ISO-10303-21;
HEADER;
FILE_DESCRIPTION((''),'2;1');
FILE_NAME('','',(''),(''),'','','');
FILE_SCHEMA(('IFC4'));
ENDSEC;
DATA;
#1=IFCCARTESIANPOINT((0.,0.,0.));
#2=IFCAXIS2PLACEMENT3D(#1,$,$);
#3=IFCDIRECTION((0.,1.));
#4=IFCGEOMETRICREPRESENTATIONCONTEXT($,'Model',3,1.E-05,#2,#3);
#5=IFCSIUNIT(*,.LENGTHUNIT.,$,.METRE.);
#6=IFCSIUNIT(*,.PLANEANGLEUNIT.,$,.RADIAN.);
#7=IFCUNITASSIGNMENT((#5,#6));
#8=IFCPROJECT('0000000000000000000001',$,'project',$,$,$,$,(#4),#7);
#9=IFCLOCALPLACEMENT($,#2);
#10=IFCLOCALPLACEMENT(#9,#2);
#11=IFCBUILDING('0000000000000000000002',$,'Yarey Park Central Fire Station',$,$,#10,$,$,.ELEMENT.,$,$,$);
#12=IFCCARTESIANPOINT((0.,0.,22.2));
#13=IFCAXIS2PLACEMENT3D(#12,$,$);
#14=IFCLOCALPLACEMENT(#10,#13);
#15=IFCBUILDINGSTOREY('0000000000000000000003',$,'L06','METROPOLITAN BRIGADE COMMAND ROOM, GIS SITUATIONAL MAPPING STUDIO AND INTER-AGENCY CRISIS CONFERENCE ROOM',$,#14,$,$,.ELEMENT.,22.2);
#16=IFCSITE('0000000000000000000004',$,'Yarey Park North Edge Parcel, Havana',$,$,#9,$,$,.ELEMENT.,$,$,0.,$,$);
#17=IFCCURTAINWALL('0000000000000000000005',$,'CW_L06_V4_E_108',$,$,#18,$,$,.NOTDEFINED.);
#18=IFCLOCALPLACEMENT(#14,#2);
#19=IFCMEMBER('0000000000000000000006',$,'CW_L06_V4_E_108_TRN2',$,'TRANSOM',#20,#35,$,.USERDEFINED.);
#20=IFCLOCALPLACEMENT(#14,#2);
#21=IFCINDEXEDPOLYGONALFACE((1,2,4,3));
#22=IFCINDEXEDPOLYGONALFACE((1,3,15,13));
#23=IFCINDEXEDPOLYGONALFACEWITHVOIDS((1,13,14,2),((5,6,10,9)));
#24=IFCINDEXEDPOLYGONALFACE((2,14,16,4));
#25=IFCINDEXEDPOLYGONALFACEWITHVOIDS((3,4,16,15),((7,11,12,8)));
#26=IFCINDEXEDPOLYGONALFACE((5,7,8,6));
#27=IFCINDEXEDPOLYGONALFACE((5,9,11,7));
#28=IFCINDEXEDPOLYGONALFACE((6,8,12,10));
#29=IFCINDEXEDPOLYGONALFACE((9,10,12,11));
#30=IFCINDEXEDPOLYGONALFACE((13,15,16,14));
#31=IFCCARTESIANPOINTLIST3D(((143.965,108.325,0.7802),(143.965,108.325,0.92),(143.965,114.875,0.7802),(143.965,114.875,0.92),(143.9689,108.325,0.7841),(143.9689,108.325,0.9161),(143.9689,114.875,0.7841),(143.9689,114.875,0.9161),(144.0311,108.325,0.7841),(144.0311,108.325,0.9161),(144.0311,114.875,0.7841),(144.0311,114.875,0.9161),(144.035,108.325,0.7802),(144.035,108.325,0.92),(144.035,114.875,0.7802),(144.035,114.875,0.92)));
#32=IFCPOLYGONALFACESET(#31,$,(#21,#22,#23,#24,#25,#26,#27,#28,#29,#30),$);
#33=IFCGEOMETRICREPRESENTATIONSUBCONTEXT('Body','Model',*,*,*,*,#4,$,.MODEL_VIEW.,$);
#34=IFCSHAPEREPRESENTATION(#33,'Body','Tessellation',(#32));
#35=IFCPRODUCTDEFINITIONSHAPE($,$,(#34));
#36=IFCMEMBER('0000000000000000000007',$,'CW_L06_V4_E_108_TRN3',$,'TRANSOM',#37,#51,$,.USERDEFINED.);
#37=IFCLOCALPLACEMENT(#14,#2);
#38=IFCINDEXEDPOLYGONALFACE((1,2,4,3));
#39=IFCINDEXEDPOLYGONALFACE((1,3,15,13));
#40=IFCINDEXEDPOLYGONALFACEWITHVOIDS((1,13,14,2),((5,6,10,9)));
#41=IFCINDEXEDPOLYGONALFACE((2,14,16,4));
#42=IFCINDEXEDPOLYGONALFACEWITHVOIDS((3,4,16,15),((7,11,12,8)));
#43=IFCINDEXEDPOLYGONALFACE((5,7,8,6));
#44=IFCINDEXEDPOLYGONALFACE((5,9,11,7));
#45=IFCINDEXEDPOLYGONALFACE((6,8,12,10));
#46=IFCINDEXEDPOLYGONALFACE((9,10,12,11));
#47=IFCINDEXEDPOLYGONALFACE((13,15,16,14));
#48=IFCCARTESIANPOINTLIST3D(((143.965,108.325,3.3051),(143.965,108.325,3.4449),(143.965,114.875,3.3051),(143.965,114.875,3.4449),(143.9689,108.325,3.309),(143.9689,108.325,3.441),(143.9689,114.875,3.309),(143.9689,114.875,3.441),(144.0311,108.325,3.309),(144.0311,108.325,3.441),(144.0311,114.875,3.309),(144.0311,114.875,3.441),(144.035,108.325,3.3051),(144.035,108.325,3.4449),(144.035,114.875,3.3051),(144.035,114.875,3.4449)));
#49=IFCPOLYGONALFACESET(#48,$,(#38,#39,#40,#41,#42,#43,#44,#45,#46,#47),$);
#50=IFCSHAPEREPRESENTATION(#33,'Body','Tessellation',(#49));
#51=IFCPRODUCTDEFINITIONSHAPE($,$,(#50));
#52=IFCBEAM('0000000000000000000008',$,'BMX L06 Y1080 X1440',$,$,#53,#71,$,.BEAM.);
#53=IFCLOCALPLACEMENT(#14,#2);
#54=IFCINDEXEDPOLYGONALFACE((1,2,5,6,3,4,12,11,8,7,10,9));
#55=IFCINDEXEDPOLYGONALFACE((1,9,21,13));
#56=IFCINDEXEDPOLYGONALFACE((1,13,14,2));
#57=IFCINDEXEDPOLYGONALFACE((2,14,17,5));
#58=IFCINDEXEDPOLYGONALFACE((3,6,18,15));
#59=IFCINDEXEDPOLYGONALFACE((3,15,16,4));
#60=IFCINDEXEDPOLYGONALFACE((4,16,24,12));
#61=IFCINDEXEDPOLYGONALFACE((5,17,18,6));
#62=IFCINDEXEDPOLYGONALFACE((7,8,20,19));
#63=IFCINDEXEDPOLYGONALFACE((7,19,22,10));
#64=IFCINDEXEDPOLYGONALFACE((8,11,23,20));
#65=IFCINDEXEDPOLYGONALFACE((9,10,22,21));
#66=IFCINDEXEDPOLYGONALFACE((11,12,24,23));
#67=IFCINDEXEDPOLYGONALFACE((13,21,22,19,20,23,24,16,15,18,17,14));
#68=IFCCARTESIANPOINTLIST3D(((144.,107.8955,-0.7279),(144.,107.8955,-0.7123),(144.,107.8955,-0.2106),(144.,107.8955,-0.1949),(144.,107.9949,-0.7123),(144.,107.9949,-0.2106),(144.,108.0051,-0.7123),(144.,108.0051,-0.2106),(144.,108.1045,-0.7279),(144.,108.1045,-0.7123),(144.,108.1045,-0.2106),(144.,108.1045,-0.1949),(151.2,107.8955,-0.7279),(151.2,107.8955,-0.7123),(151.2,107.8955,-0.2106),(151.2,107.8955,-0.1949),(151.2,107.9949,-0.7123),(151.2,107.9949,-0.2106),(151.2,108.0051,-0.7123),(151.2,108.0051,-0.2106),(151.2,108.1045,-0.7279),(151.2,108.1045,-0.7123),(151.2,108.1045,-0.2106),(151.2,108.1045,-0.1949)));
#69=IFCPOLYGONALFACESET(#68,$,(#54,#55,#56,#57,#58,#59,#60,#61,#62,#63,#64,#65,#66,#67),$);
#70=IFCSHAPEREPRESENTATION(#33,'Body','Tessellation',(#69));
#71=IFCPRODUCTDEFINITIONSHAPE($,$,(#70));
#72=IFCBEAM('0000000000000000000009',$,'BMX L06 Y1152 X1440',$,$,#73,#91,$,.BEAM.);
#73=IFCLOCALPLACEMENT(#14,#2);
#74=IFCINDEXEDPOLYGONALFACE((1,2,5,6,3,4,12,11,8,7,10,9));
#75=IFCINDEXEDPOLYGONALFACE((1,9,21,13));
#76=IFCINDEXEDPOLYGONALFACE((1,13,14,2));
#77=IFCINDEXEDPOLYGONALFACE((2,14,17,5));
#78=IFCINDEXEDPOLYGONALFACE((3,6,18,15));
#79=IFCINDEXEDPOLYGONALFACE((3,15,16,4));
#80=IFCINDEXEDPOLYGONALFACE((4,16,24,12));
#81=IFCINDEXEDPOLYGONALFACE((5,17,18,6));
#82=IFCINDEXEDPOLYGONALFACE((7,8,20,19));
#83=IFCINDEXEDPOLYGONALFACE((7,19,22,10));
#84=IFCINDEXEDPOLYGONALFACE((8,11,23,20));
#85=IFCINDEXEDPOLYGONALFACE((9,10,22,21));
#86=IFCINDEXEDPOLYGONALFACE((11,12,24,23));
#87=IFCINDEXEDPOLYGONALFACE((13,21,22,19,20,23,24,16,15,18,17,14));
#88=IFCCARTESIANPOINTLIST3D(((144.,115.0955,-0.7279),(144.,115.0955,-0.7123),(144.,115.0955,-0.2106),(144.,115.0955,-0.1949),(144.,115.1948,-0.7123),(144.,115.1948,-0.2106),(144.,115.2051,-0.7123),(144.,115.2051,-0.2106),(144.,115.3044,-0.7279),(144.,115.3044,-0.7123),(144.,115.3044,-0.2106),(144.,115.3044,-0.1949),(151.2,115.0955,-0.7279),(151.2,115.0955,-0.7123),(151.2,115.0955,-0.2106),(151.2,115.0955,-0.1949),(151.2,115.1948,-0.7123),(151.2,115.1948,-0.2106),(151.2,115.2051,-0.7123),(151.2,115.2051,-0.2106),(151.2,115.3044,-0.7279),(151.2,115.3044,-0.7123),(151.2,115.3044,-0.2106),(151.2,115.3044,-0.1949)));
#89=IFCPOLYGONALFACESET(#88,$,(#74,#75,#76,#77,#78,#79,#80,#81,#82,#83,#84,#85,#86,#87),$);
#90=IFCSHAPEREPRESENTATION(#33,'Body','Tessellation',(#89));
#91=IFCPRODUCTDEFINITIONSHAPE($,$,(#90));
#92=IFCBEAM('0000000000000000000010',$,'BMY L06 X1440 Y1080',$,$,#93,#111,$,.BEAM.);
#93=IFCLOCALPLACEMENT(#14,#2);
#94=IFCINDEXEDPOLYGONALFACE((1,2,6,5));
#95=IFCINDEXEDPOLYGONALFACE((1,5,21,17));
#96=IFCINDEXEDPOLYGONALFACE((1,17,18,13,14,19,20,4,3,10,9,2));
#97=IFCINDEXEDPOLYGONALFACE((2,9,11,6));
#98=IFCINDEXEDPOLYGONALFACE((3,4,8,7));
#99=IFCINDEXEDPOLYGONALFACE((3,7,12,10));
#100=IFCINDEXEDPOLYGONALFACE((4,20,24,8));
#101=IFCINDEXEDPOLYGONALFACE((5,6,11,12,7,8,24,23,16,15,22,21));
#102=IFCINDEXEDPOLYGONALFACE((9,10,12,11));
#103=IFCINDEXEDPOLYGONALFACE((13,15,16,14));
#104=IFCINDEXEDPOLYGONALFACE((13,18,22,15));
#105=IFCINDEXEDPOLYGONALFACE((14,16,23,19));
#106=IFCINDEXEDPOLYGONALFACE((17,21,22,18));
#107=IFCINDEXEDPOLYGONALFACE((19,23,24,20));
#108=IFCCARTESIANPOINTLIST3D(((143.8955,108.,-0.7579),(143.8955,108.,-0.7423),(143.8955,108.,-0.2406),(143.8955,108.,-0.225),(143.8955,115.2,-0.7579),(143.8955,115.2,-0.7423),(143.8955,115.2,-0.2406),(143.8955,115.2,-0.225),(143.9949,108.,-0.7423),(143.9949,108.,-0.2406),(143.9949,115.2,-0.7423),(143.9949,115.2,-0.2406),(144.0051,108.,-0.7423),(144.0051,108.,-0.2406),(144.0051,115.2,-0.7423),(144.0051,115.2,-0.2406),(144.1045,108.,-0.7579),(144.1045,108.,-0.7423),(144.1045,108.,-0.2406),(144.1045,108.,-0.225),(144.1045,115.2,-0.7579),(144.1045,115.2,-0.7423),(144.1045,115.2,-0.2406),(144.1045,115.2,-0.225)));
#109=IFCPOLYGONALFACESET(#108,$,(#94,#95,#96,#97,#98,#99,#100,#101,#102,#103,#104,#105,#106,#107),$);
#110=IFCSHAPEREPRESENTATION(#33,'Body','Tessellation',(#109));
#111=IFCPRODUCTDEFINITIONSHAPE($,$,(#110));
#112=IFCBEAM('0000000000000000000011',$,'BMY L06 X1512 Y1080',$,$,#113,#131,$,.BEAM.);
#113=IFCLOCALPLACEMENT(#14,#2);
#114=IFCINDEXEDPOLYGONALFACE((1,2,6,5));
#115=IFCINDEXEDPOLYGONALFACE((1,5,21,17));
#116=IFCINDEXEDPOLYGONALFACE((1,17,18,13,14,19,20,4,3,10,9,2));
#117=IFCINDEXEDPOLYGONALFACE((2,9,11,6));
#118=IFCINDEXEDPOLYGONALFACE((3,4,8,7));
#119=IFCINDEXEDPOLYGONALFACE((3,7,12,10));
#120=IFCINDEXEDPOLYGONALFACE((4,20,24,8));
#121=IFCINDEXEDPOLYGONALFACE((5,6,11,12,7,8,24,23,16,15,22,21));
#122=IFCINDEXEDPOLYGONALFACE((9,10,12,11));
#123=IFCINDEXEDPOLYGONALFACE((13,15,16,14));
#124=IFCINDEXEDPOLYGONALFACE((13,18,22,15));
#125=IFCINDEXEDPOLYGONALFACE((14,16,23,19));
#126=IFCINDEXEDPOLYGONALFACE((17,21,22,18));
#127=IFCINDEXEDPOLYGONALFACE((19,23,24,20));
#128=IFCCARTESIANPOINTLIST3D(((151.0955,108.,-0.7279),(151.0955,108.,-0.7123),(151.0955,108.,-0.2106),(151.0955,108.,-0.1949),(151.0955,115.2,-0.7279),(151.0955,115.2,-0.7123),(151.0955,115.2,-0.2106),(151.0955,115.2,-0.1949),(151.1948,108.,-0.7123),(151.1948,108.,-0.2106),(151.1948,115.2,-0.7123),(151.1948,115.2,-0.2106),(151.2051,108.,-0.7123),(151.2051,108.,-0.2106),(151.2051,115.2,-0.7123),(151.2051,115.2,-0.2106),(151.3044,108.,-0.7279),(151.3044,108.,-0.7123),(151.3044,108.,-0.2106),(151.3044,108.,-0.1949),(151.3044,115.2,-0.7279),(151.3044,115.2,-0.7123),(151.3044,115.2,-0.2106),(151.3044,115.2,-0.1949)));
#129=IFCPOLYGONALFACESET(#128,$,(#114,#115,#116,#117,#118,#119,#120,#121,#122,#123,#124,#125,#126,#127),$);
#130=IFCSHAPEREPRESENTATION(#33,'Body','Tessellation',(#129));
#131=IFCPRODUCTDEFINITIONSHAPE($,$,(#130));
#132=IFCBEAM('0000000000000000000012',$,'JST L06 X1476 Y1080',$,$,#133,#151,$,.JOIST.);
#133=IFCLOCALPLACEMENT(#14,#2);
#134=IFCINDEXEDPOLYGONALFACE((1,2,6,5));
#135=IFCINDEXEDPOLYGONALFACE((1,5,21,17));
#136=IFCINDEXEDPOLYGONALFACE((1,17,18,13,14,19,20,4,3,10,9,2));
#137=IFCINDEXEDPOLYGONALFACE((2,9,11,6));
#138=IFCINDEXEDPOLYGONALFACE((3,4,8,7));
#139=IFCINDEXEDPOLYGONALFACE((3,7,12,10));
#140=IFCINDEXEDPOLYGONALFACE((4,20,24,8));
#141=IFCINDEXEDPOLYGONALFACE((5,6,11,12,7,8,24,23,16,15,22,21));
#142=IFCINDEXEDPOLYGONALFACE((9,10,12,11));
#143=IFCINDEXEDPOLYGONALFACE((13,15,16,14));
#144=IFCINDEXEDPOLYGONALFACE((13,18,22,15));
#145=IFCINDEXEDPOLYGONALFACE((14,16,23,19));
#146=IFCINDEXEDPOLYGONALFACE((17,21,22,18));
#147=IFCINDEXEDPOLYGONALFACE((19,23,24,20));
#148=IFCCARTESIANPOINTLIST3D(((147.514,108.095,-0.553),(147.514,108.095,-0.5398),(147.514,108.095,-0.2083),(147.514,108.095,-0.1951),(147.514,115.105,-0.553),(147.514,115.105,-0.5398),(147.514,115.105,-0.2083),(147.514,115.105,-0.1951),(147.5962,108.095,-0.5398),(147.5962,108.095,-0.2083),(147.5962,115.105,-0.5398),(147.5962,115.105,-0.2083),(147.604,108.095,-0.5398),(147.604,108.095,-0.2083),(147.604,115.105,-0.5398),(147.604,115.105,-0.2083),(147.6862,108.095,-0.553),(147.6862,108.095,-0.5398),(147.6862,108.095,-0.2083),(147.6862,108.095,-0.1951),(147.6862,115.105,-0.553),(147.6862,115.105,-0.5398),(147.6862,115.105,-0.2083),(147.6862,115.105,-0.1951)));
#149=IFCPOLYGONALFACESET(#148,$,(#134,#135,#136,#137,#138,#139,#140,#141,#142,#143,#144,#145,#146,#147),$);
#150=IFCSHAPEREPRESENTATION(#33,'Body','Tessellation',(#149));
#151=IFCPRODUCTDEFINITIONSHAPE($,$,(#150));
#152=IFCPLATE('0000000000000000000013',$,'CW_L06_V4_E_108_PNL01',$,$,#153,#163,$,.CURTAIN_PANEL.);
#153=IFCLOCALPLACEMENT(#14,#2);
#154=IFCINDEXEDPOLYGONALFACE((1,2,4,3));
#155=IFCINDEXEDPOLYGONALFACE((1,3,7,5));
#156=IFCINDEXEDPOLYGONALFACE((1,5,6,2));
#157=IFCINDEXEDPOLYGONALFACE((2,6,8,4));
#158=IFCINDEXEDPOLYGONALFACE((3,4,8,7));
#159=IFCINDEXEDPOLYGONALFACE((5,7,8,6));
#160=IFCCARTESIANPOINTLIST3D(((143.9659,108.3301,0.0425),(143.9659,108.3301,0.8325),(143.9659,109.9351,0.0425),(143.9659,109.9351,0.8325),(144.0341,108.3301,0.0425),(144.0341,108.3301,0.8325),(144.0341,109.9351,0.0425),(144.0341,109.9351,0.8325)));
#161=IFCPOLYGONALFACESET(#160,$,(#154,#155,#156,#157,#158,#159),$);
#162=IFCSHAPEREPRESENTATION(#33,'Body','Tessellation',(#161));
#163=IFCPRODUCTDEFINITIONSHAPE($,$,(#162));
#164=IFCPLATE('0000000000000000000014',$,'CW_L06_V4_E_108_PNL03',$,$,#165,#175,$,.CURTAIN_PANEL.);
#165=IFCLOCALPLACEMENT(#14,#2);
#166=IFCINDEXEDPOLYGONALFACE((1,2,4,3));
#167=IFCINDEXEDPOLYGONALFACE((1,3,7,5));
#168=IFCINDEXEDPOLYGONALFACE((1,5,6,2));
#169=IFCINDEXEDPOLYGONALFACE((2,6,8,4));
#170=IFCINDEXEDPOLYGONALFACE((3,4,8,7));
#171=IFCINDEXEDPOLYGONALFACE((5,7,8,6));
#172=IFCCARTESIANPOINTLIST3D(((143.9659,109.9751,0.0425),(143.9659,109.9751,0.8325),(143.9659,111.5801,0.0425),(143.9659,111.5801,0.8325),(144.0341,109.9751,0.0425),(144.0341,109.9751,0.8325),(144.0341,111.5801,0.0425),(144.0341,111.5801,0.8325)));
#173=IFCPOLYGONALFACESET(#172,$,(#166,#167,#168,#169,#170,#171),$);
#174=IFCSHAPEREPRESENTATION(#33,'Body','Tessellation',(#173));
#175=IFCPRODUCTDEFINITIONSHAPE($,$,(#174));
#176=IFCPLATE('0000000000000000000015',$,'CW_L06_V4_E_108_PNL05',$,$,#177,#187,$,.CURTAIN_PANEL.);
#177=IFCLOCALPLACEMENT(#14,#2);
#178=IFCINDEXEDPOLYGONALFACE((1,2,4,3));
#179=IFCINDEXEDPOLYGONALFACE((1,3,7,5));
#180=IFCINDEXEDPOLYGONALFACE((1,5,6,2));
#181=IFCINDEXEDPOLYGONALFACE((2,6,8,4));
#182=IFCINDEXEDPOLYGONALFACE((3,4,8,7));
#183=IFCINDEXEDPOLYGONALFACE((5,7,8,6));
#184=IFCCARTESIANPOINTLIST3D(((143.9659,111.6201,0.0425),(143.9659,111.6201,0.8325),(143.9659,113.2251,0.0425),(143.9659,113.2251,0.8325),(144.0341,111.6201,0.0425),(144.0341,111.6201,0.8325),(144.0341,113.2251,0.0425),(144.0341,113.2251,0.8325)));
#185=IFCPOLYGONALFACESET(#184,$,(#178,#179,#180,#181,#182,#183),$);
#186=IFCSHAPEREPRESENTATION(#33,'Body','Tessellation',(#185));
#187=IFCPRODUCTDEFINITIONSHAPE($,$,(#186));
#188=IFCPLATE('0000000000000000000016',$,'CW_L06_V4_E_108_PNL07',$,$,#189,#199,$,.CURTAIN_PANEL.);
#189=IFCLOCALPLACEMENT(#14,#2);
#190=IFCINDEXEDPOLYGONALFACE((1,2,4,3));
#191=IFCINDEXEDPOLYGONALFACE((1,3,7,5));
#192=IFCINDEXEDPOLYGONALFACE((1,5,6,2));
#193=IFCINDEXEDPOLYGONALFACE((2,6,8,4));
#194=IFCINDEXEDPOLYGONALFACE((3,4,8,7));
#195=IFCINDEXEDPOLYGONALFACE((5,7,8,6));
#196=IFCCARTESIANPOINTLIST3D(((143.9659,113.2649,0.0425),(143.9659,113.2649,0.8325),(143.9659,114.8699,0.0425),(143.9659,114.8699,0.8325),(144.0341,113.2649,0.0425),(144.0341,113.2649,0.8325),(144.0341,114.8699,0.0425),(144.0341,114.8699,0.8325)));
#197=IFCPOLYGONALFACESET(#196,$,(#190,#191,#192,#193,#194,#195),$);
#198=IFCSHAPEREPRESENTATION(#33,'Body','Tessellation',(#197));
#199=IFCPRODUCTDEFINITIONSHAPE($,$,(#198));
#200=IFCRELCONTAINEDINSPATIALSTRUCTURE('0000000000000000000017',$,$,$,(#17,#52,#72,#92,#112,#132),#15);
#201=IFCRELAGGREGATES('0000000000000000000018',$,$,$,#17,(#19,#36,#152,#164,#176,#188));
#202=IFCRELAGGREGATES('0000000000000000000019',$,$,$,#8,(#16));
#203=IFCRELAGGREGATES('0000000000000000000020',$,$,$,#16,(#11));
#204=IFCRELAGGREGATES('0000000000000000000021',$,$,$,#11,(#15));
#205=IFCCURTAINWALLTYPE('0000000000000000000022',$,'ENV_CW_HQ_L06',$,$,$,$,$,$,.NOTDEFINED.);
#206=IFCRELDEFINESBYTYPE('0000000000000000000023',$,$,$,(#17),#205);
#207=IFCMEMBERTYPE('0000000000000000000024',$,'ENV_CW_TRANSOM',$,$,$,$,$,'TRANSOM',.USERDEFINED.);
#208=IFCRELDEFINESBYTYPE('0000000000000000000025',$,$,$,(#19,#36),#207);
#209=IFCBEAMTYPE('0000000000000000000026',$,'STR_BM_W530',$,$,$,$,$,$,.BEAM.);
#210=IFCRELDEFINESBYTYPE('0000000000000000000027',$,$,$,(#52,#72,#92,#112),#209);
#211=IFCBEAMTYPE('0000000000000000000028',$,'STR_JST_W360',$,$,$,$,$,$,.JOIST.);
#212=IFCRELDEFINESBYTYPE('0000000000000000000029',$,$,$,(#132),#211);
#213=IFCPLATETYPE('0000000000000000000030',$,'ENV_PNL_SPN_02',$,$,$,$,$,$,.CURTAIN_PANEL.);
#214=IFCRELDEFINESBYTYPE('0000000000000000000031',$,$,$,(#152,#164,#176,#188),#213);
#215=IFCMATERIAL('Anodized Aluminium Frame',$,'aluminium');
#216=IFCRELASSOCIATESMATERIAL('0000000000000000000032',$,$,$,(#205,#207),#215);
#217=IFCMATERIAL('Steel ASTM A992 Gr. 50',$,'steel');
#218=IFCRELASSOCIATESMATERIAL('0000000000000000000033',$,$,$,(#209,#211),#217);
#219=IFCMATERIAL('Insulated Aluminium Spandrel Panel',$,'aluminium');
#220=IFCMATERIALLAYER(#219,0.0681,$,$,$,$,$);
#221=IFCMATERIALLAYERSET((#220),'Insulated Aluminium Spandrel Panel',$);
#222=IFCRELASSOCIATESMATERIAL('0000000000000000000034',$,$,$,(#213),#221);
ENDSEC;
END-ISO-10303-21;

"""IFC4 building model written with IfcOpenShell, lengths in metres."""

from ifc_helpers import new_model, si_unit, direction, frame, origin, origin_2d, place, context, subcontext, project, spatial, rectangle, hollow_rectangle, i_section, extrude, material, layer, layer_set, material_profile, profile_set, type_object, element, aggregate, save


model = new_model("IFC4")

# Units and contexts
model_context = context("Model", 3, precision=1e-05, world=origin(), true_north=direction((0.0, 1.0)))
body_context = subcontext(model_context, "Body", "Model", "MODEL_VIEW")
ifc_project = project(units=[si_unit("LENGTHUNIT", "METRE"), si_unit("PLANEANGLEUNIT", "RADIAN")], contexts=[model_context])

# Site, building, storey
site_placement = place(None, origin())
site = spatial("IfcSite", under=ifc_project, at=site_placement, Name="Yarey Park North Edge Parcel, Havana", CompositionType="ELEMENT", RefElevation=0.0)
building_placement = place(site_placement, origin())
building = spatial("IfcBuilding", under=site, at=building_placement, Name="Yarey Park Central Fire Station", CompositionType="ELEMENT")
storey_placement = place(building_placement, frame((0.0, 0.0, 22.2)))
storey = spatial("IfcBuildingStorey", under=building, at=storey_placement, Name="L06", Description="METROPOLITAN BRIGADE COMMAND ROOM, GIS SITUATIONAL MAPPING STUDIO AND INTER-AGENCY CRISIS CONFERENCE ROOM", CompositionType="ELEMENT", Elevation=22.2)

# Shared definitions
ifc_material_1 = material(Name="Anodized Aluminium Frame", Category="aluminium")
curtain_wall_type = type_object("IfcCurtainWallType", Name="ENV_CW_HQ_L06", PredefinedType="NOTDEFINED", material=ifc_material_1)

# Curtain wall
curtain_wall_1_placement = place(storey_placement, origin())
curtain_wall_1 = element("IfcCurtainWall", 1, at=curtain_wall_1_placement, inside=storey, type_object=curtain_wall_type, Name="CW_L06_V4_E_108", PredefinedType="NOTDEFINED")

# Members
ifc_material_profile_1 = material_profile(ifc_material_1, hollow_rectangle(XDim=0.0701, YDim=0.1399, WallThickness=0.0039, at=origin_2d()), Name="ALU 140x70x4")
ifc_profile_set_1 = profile_set([ifc_material_profile_1], Name="Anodized Aluminium Frame")
member_type_1 = type_object("IfcMemberType", Name="ENV_CW_TRANSOM", ElementType="TRANSOM", PredefinedType="USERDEFINED", material=ifc_profile_set_1)
member_1_placement = place(storey_placement, frame((144.0, 108.325, 0.8501), z_axis=(0.0, 1.0, 0.0), x_axis=(-1.0, 0.0, 0.0)))
member_1 = element("IfcMember", 2, at=member_1_placement, type_object=member_type_1, Name="CW_L06_V4_E_108_TRN2", ObjectType="TRANSOM", PredefinedType="USERDEFINED", context=body_context, shape_type="SweptSolid", body=[
    extrude(hollow_rectangle(XDim=0.0701, YDim=0.1399, WallThickness=0.0039, at=origin_2d()), origin(), (0.0, 0.0, 1.0), 6.55),
])
member_2_placement = place(storey_placement, frame((144.0, 108.325, 3.375), z_axis=(0.0, 1.0, 0.0), x_axis=(-1.0, 0.0, 0.0)))
member_2 = element("IfcMember", 3, at=member_2_placement, type_object=member_type_1, Name="CW_L06_V4_E_108_TRN3", ObjectType="TRANSOM", PredefinedType="USERDEFINED", context=body_context, shape_type="SweptSolid", body=[
    extrude(hollow_rectangle(XDim=0.0701, YDim=0.1399, WallThickness=0.0039, at=origin_2d()), origin(), (0.0, 0.0, 1.0), 6.55),
])

# Beams
ifc_material_2 = material(Name="Steel ASTM A992 Gr. 50", Category="steel")
ifc_material_profile_2 = material_profile(ifc_material_2, i_section(OverallWidth=0.209, OverallDepth=0.533, WebThickness=0.0103, FlangeThickness=0.0156, at=origin_2d()), Name="W530x92")
ifc_profile_set_2 = profile_set([ifc_material_profile_2], Name="Steel ASTM A992 Gr. 50")
beam_type_1 = type_object("IfcBeamType", Name="STR_BM_W530", PredefinedType="BEAM", material=ifc_profile_set_2)
for number, where, z_axis, x_axis, name in (
    (4, (144.0, 108.0, -0.4614), (1.0, 0.0, 0.0), (0.0, 1.0, 0.0), "BMX L06 Y1080 X1440"),
    (5, (144.0, 115.2, -0.4614), (1.0, 0.0, 0.0), (0.0, 1.0, 0.0), "BMX L06 Y1152 X1440"),
    (6, (144.0, 108.0, -0.4915), (0.0, 1.0, 0.0), (-1.0, 0.0, 0.0), "BMY L06 X1440 Y1080"),
    (7, (151.2, 108.0, -0.4614), (0.0, 1.0, 0.0), (-1.0, 0.0, 0.0), "BMY L06 X1512 Y1080"),
):
    element("IfcBeam", number, at=place(storey_placement, frame(where, z_axis=z_axis, x_axis=x_axis)), inside=storey, type_object=beam_type_1, Name=name, PredefinedType="BEAM", context=body_context, shape_type="SweptSolid", body=[
        extrude(i_section(OverallWidth=0.209, OverallDepth=0.533, WebThickness=0.0103, FlangeThickness=0.0156, at=origin_2d()), origin(), (0.0, 0.0, 1.0), 7.2),
    ])
ifc_material_profile_3 = material_profile(ifc_material_2, i_section(OverallWidth=0.1721, OverallDepth=0.3579, WebThickness=0.0078, FlangeThickness=0.0132, at=origin_2d()), Name="W360x57")
ifc_profile_set_3 = profile_set([ifc_material_profile_3], Name="Steel ASTM A992 Gr. 50")
beam_type_2 = type_object("IfcBeamType", Name="STR_JST_W360", PredefinedType="JOIST", material=ifc_profile_set_3)
beam_placement = place(storey_placement, frame((147.6001, 108.095, -0.374), z_axis=(0.0, 1.0, 0.0), x_axis=(-1.0, 0.0, 0.0)))
element("IfcBeam", 8, at=beam_placement, inside=storey, type_object=beam_type_2, Name="JST L06 X1476 Y1080", PredefinedType="JOIST", context=body_context, shape_type="SweptSolid", body=[
    extrude(i_section(OverallWidth=0.1721, OverallDepth=0.3579, WebThickness=0.0078, FlangeThickness=0.0132, at=origin_2d()), origin(), (0.0, 0.0, 1.0), 7.01),
])

# Plates
ifc_material_3 = material(Name="Insulated Aluminium Spandrel Panel", Category="aluminium")
ifc_layer_1 = layer(ifc_material_3, 0.0681)
ifc_layer_set_1 = layer_set([ifc_layer_1], Name="Insulated Aluminium Spandrel Panel")
plate_type_1 = type_object("IfcPlateType", Name="ENV_PNL_SPN_02", PredefinedType="CURTAIN_PANEL", material=ifc_layer_set_1)
plate_1_placement = place(storey_placement, frame((144.0, 109.1326, 0.0425), z_axis=(0.0, 0.0, 1.0), x_axis=(0.0, 1.0, 0.0)))
plate_1 = element("IfcPlate", 9, at=plate_1_placement, type_object=plate_type_1, Name="CW_L06_V4_E_108_PNL01", PredefinedType="CURTAIN_PANEL", context=body_context, shape_type="SweptSolid", body=[
    extrude(rectangle(XDim=1.605, YDim=0.0681, at=origin_2d()), origin(), (0.0, 0.0, 1.0), 0.79),
])
plate_2_placement = place(storey_placement, frame((144.0, 110.7776, 0.0425), z_axis=(0.0, 0.0, 1.0), x_axis=(0.0, 1.0, 0.0)))
plate_2 = element("IfcPlate", 10, at=plate_2_placement, type_object=plate_type_1, Name="CW_L06_V4_E_108_PNL03", PredefinedType="CURTAIN_PANEL", context=body_context, shape_type="SweptSolid", body=[
    extrude(rectangle(XDim=1.605, YDim=0.0681, at=origin_2d()), origin(), (0.0, 0.0, 1.0), 0.79),
])
plate_3_placement = place(storey_placement, frame((144.0, 112.4226, 0.0425), z_axis=(0.0, 0.0, 1.0), x_axis=(0.0, 1.0, 0.0)))
plate_3 = element("IfcPlate", 11, at=plate_3_placement, type_object=plate_type_1, Name="CW_L06_V4_E_108_PNL05", PredefinedType="CURTAIN_PANEL", context=body_context, shape_type="SweptSolid", body=[
    extrude(rectangle(XDim=1.605, YDim=0.0681, at=origin_2d()), origin(), (0.0, 0.0, 1.0), 0.79),
])
plate_4_placement = place(storey_placement, frame((144.0, 114.0674, 0.0425), z_axis=(0.0, 0.0, 1.0), x_axis=(0.0, 1.0, 0.0)))
plate_4 = element("IfcPlate", 12, at=plate_4_placement, type_object=plate_type_1, Name="CW_L06_V4_E_108_PNL07", PredefinedType="CURTAIN_PANEL", context=body_context, shape_type="SweptSolid", body=[
    extrude(rectangle(XDim=1.605, YDim=0.0681, at=origin_2d()), origin(), (0.0, 0.0, 1.0), 0.79),
])
aggregate(curtain_wall_1, [member_1, member_2, plate_1, plate_2, plate_3, plate_4])

save(model, "model.ifc")
